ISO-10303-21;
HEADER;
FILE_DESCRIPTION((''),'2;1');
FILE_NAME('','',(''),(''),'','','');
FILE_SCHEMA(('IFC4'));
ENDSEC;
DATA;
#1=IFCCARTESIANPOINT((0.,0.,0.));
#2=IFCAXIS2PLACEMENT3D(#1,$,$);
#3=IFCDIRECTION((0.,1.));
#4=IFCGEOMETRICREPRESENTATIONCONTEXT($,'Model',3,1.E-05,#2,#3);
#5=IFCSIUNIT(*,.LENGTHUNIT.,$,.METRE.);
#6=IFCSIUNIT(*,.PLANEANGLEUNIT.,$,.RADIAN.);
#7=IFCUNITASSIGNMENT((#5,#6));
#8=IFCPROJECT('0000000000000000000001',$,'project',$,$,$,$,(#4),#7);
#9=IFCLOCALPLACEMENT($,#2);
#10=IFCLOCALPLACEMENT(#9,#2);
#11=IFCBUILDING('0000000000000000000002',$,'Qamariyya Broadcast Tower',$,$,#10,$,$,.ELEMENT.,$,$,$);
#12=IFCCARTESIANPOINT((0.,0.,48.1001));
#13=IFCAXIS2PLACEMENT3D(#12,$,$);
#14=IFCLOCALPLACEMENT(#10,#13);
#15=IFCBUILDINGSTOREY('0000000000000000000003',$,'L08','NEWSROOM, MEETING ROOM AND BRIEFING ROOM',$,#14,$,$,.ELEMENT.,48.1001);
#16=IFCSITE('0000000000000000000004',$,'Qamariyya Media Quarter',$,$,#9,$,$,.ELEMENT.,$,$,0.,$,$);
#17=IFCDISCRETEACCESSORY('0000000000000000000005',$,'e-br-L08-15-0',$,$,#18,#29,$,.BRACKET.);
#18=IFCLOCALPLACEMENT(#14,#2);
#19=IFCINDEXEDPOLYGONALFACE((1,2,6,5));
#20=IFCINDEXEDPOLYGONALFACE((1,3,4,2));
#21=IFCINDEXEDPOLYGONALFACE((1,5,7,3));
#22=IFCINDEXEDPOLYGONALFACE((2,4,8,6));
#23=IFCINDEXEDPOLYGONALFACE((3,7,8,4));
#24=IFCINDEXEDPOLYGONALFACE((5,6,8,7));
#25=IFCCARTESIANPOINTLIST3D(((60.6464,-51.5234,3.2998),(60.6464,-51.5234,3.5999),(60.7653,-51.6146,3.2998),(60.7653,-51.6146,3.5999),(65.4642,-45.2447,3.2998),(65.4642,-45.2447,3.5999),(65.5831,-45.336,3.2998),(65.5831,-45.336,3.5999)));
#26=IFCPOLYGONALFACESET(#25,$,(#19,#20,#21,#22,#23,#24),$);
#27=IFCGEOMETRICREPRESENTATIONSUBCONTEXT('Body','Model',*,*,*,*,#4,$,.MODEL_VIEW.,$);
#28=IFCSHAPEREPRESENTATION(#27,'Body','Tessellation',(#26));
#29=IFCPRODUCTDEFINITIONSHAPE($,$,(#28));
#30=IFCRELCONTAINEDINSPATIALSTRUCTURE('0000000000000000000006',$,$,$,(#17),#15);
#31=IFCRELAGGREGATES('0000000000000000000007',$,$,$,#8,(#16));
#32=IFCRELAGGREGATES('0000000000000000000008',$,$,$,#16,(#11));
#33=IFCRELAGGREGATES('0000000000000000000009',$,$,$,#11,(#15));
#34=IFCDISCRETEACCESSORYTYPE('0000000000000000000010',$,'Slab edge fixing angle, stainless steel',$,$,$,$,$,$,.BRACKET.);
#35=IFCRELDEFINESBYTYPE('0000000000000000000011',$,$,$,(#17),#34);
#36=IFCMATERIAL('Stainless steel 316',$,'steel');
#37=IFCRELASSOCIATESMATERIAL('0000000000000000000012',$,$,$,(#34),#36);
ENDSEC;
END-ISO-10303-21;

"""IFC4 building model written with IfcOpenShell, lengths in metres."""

from ifc_helpers import new_model, si_unit, direction, frame, origin, origin_2d, place, context, subcontext, project, spatial, rectangle, extrude, material, type_object, element, save


model = new_model("IFC4")

# Units and contexts
model_context = context("Model", 3, precision=1e-05, world=origin(), true_north=direction((0.0, 1.0)))
body_context = subcontext(model_context, "Body", "Model", "MODEL_VIEW")
ifc_project = project(units=[si_unit("LENGTHUNIT", "METRE"), si_unit("PLANEANGLEUNIT", "RADIAN")], contexts=[model_context])

# Site, building, storey
site_placement = place(None, origin())
site = spatial("IfcSite", under=ifc_project, at=site_placement, Name="Qamariyya Media Quarter", CompositionType="ELEMENT", RefElevation=0.0)
building_placement = place(site_placement, origin())
building = spatial("IfcBuilding", under=site, at=building_placement, Name="Qamariyya Broadcast Tower", CompositionType="ELEMENT")
storey_placement = place(building_placement, frame((0.0, 0.0, 48.1001)))
storey = spatial("IfcBuildingStorey", under=building, at=storey_placement, Name="L08", Description="NEWSROOM, MEETING ROOM AND BRIEFING ROOM", CompositionType="ELEMENT", Elevation=48.1001)

# Discrete accessory
ifc_material_1 = material(Name="Stainless steel 316", Category="steel")
discrete_accessory_type = type_object("IfcDiscreteAccessoryType", Name="Slab edge fixing angle, stainless steel", PredefinedType="BRACKET", material=ifc_material_1)
discrete_accessory_placement = place(storey_placement, frame((63.1147, -48.4297, 3.2998), z_axis=(0.0, 0.0, 1.0), x_axis=(0.608761, 0.793353, 0.0)))
element("IfcDiscreteAccessory", 1, at=discrete_accessory_placement, inside=storey, type_object=discrete_accessory_type, Name="e-br-L08-15-0", PredefinedType="BRACKET", context=body_context, shape_type="SweptSolid", body=[
    extrude(rectangle(XDim=7.9141, YDim=0.1499, at=origin_2d()), origin(), (0.0, 0.0, 1.0), 0.3),
])

save(model, "model.ifc")
